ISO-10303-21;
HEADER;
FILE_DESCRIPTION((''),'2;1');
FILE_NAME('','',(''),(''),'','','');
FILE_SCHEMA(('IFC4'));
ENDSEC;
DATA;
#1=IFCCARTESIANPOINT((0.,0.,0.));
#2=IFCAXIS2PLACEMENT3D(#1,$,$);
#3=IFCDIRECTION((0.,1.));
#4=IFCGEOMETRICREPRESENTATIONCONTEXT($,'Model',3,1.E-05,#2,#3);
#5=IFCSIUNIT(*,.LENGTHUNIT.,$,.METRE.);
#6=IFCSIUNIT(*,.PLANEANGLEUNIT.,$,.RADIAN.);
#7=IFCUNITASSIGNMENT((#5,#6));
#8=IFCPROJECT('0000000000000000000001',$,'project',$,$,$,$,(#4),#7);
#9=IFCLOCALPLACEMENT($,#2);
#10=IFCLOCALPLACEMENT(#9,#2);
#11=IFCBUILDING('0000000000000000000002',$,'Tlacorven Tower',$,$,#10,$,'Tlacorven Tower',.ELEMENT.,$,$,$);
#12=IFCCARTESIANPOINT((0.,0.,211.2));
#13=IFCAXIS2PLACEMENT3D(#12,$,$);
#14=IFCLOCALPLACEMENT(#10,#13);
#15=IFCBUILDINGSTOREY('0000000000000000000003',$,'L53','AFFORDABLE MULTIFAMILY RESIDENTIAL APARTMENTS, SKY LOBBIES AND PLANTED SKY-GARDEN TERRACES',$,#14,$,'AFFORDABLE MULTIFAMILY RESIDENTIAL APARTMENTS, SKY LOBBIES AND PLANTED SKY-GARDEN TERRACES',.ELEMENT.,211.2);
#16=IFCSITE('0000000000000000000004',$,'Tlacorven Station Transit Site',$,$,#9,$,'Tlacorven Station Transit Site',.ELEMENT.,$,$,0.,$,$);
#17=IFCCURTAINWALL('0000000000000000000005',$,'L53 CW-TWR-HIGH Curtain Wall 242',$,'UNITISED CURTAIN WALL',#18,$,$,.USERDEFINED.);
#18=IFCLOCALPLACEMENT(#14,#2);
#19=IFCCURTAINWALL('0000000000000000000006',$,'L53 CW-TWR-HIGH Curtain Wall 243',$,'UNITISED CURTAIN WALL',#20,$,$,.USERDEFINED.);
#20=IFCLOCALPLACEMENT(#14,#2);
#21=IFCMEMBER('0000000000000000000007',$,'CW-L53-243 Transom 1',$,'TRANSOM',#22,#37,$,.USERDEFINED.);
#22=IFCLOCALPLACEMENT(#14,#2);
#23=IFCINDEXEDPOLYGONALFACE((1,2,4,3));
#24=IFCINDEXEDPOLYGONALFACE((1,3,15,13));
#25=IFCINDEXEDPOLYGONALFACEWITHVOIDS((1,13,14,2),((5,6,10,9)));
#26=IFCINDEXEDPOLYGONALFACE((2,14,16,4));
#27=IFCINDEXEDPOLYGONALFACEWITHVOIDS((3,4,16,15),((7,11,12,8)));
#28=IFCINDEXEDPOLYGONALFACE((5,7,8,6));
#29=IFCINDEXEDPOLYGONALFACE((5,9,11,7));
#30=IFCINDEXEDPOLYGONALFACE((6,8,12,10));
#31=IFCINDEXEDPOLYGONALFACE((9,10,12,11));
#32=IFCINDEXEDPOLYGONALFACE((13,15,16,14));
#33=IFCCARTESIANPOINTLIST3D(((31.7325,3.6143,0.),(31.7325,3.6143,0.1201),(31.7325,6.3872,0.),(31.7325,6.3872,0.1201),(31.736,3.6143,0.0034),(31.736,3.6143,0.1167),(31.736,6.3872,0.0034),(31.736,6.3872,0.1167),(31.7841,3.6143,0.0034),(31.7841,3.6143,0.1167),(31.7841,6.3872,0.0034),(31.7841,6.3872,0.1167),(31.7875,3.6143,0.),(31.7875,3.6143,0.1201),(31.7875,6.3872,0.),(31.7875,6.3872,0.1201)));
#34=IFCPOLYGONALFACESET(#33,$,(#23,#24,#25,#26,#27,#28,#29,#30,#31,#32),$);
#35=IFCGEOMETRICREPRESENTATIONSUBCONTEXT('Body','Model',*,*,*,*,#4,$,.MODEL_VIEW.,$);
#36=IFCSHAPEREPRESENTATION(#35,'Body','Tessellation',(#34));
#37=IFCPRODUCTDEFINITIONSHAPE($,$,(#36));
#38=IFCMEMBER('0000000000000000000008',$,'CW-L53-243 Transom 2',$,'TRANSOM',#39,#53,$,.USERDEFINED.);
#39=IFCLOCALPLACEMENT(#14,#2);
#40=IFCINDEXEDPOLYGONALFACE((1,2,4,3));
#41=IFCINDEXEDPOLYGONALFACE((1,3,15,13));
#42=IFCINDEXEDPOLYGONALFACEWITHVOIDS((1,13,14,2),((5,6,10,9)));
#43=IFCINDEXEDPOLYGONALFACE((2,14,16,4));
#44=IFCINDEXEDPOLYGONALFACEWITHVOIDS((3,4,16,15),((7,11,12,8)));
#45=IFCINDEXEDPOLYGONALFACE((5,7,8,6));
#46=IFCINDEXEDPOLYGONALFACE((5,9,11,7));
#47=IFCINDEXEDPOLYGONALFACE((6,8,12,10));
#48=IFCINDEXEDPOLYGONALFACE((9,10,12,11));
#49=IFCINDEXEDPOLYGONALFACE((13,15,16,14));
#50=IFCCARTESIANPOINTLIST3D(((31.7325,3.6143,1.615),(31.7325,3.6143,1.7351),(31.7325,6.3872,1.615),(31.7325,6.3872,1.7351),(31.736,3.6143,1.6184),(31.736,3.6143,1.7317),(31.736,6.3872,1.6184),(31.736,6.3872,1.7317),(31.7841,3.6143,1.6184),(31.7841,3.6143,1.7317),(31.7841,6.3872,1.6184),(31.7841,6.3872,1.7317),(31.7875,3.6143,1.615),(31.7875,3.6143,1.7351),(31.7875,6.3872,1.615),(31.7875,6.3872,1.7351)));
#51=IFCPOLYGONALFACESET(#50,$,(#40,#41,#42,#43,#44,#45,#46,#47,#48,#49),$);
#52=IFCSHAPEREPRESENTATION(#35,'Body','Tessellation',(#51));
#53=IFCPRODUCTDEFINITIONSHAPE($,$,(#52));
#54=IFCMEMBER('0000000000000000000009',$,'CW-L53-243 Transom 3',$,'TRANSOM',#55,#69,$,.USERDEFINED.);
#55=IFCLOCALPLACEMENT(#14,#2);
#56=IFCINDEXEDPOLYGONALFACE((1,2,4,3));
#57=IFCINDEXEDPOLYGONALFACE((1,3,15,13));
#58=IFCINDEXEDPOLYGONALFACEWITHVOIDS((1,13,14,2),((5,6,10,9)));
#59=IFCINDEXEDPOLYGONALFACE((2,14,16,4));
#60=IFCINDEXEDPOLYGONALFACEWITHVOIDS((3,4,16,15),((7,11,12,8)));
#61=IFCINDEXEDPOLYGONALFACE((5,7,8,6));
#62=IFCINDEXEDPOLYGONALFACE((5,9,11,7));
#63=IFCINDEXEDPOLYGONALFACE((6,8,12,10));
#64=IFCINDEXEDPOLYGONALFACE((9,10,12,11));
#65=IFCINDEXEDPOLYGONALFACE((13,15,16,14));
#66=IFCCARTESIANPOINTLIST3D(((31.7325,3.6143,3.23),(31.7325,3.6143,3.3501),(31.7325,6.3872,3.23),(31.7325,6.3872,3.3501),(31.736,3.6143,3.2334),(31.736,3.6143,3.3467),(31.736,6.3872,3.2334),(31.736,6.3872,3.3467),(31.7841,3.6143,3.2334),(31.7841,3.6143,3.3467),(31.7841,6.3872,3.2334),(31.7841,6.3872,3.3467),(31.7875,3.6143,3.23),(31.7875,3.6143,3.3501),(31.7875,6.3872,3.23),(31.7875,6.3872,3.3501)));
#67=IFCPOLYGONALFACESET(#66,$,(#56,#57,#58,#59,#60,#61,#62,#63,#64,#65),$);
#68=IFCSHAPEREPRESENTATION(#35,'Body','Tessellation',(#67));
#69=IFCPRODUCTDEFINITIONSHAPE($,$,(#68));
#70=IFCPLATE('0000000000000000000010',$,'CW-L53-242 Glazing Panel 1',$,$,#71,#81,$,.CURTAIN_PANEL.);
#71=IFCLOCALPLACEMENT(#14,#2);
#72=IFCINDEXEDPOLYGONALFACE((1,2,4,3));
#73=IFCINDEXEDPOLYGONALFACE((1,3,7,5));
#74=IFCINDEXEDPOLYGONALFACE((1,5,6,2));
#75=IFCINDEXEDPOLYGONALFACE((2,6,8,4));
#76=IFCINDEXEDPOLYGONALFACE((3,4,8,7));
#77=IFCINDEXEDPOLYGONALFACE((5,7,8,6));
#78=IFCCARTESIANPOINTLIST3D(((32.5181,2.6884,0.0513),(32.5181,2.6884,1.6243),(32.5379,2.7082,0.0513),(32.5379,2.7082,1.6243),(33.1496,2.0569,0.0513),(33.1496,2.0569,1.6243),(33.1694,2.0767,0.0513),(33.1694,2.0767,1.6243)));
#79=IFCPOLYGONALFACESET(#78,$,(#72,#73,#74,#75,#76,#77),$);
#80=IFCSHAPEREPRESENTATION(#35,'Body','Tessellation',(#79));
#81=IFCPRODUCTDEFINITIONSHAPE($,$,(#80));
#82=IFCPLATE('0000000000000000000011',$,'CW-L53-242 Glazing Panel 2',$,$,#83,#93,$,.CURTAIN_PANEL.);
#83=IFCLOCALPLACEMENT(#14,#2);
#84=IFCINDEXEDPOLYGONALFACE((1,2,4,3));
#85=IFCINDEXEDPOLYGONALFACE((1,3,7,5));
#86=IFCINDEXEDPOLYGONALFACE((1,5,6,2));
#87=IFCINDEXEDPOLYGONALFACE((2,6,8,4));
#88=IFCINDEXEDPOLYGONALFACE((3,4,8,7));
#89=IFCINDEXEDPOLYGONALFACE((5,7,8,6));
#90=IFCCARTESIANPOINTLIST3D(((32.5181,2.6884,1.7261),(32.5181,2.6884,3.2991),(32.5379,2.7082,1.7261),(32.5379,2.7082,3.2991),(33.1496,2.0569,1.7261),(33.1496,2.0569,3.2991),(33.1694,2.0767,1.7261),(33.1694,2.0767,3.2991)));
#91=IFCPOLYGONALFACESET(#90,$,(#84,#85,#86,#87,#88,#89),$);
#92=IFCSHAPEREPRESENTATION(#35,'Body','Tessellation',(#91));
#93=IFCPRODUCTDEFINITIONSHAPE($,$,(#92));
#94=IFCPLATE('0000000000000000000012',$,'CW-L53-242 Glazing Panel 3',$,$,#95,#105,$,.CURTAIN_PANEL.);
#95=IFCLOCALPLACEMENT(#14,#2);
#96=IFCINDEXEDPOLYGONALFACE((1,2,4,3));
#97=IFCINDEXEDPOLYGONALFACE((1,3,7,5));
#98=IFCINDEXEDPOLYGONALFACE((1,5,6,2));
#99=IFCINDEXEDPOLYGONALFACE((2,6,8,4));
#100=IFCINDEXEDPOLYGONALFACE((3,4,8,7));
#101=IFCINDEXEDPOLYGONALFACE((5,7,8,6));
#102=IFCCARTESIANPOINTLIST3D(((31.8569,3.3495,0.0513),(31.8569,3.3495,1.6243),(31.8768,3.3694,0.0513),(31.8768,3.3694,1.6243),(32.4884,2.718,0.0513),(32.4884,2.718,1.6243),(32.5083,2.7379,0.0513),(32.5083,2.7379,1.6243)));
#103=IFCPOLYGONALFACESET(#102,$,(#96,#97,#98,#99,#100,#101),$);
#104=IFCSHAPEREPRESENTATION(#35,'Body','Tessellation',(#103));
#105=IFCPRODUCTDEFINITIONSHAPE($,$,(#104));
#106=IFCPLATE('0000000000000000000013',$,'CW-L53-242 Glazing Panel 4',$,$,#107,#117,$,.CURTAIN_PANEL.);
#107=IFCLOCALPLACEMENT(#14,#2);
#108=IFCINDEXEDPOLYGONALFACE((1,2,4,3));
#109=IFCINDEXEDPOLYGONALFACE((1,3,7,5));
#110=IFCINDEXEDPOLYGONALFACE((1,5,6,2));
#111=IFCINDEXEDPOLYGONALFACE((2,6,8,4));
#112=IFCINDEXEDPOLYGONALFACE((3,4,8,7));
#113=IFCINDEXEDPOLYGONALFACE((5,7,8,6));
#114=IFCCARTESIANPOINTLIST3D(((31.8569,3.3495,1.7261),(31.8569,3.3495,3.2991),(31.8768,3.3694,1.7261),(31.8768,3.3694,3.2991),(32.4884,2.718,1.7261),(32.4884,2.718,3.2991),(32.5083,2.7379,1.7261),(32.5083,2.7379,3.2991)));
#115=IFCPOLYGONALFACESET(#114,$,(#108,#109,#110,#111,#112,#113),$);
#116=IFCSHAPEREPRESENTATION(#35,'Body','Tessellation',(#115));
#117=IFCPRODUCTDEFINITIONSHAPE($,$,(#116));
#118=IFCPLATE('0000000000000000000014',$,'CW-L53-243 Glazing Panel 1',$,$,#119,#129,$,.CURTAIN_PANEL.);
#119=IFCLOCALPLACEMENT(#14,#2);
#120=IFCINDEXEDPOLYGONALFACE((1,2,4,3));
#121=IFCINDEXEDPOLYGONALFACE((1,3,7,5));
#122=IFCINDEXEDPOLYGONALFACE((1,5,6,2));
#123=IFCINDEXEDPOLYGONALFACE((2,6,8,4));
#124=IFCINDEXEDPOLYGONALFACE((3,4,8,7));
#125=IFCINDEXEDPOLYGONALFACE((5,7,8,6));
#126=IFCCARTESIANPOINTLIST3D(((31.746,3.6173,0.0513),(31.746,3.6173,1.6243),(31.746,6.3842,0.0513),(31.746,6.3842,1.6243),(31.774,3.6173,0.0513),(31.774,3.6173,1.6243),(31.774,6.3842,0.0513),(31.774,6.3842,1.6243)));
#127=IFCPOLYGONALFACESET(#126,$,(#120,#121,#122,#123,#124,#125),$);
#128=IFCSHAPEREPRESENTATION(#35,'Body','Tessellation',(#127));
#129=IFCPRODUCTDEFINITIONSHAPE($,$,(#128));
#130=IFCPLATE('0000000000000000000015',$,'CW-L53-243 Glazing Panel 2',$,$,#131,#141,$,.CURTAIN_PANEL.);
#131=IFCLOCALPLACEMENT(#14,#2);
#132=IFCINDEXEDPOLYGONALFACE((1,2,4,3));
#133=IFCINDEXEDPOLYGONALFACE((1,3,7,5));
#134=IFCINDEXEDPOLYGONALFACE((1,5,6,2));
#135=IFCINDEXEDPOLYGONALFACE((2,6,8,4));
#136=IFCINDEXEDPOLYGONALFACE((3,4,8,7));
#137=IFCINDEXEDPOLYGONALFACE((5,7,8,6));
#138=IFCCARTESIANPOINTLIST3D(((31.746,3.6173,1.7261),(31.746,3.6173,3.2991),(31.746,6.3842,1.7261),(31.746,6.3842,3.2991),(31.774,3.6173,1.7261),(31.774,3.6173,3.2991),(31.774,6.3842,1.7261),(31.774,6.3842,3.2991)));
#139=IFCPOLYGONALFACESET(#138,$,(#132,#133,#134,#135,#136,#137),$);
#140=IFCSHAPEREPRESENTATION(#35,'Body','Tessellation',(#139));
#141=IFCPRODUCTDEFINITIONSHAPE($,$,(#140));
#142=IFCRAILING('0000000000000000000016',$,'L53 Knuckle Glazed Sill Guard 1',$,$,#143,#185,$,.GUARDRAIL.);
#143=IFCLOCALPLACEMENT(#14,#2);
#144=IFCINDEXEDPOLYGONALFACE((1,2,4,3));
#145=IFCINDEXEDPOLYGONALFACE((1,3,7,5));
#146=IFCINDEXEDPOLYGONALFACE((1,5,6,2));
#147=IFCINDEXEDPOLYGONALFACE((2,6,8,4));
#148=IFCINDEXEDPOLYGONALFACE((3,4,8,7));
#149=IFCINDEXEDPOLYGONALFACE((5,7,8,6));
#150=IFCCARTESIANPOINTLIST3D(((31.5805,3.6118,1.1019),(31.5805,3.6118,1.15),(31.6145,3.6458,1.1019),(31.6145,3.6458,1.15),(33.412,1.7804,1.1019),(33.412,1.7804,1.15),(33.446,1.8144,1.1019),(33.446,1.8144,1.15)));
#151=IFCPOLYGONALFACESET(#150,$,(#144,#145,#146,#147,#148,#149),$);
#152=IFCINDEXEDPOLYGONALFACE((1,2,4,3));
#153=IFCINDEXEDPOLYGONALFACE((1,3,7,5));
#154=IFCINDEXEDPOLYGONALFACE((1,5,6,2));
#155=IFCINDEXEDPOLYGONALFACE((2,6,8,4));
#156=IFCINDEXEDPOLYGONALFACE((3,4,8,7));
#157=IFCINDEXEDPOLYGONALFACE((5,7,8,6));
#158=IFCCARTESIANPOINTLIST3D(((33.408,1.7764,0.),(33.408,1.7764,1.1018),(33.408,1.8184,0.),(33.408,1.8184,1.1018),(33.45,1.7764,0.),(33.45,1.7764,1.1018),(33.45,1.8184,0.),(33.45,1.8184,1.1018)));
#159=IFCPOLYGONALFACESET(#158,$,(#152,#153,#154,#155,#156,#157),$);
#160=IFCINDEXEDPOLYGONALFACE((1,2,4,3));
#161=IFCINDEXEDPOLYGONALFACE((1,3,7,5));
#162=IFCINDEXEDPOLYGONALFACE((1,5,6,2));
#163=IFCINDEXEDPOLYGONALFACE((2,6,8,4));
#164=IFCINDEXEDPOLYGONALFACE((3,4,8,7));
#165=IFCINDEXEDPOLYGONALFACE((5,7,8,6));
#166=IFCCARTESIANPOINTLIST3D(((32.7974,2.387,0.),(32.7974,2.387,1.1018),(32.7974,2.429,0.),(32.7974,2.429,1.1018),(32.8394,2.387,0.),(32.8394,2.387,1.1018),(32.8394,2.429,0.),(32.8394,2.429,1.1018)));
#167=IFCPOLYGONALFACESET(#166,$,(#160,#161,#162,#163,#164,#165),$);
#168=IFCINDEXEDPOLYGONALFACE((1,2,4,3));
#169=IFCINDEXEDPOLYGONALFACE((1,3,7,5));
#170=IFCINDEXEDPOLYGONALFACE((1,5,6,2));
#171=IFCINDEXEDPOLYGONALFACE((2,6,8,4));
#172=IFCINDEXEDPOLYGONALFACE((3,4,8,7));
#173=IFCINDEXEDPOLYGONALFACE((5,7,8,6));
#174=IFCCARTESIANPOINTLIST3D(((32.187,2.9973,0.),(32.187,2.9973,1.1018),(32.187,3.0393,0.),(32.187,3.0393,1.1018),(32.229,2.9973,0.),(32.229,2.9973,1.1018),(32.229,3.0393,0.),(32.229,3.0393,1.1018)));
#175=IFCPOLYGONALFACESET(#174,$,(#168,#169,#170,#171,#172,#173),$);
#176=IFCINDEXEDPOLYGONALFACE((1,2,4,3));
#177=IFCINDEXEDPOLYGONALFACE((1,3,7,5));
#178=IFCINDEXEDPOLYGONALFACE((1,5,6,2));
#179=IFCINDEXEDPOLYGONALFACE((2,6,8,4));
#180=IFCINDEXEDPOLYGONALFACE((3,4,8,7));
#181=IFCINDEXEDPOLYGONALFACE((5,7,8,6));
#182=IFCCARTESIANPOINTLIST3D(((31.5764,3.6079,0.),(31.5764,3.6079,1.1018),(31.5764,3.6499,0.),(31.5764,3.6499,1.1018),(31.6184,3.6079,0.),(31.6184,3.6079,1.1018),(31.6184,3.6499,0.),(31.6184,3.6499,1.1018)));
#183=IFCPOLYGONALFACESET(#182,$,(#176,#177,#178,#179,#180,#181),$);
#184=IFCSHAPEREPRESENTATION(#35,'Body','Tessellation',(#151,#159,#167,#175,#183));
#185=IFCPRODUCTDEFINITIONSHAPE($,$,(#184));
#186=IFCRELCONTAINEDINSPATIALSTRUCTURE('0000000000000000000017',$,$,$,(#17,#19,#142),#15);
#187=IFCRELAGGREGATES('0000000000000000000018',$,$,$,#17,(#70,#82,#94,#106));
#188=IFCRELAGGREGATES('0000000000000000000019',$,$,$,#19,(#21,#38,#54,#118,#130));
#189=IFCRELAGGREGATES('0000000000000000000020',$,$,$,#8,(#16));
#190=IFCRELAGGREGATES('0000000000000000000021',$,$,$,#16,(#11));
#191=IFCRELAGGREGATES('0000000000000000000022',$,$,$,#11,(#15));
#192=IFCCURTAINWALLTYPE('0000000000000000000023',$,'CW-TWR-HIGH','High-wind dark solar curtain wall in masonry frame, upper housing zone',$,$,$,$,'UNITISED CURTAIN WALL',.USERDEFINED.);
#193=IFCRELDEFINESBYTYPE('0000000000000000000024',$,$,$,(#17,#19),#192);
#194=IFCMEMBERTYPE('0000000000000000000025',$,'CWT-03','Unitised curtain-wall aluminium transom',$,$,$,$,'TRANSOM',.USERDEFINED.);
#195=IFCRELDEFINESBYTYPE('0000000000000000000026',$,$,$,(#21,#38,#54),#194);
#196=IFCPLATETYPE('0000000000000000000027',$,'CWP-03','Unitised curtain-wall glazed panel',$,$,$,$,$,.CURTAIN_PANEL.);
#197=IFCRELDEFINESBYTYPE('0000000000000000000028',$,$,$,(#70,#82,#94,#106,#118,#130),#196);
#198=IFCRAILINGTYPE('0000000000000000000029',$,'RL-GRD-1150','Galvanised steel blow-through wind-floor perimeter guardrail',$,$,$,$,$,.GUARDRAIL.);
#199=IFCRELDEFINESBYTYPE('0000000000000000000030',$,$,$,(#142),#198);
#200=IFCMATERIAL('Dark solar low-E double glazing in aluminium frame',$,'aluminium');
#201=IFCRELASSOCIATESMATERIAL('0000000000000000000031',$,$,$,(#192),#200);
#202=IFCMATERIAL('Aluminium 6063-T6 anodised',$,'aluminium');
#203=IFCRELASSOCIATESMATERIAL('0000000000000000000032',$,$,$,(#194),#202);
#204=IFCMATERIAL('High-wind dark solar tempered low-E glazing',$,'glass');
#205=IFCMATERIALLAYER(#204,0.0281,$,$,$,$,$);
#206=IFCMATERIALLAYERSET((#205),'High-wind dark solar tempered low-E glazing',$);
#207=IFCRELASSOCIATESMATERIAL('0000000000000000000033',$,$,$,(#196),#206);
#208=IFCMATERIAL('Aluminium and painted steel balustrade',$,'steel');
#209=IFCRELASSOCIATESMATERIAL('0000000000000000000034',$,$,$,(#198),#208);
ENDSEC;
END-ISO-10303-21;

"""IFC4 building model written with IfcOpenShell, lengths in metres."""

from ifc_helpers import new_model, si_unit, direction, frame, origin, origin_2d, place, context, subcontext, project, spatial, rectangle, hollow_rectangle, extrude, source, transform, mapped, material, layer, layer_set, material_profile, profile_set, type_object, element, aggregate, save


model = new_model("IFC4")

# Units and contexts
model_context = context("Model", 3, precision=1e-05, world=origin(), true_north=direction((0.0, 1.0)))
body_context = subcontext(model_context, "Body", "Model", "MODEL_VIEW")
ifc_project = project(units=[si_unit("LENGTHUNIT", "METRE"), si_unit("PLANEANGLEUNIT", "RADIAN")], contexts=[model_context])

# Site, building, storey
site_placement = place(None, origin())
site = spatial("IfcSite", under=ifc_project, at=site_placement, Name="Tlacorven Station Transit Site", LongName="Tlacorven Station Transit Site", CompositionType="ELEMENT", RefElevation=0.0)
building_placement = place(site_placement, origin())
building = spatial("IfcBuilding", under=site, at=building_placement, Name="Tlacorven Tower", LongName="Tlacorven Tower", CompositionType="ELEMENT")
storey_placement = place(building_placement, frame((0.0, 0.0, 211.2)))
storey = spatial("IfcBuildingStorey", under=building, at=storey_placement, Name="L53", Description="AFFORDABLE MULTIFAMILY RESIDENTIAL APARTMENTS, SKY LOBBIES AND PLANTED SKY-GARDEN TERRACES", LongName="AFFORDABLE MULTIFAMILY RESIDENTIAL APARTMENTS, SKY LOBBIES AND PLANTED SKY-GARDEN TERRACES", CompositionType="ELEMENT", Elevation=211.2)

# Shared definitions
ifc_material_1 = material(Name="Dark solar low-E double glazing in aluminium frame", Category="aluminium")
curtain_wall_type = type_object("IfcCurtainWallType", Name="CW-TWR-HIGH", Description="High-wind dark solar curtain wall in masonry frame, upper housing zone", ElementType="UNITISED CURTAIN WALL", PredefinedType="USERDEFINED", material=ifc_material_1)
ifc_material_2 = material(Name="Aluminium 6063-T6 anodised", Category="aluminium")

# Curtain wall
curtain_wall_1_placement = place(storey_placement, origin())
curtain_wall_1 = element("IfcCurtainWall", 1, at=curtain_wall_1_placement, inside=storey, type_object=curtain_wall_type, Name="L53 CW-TWR-HIGH Curtain Wall 242", ObjectType="UNITISED CURTAIN WALL", PredefinedType="USERDEFINED")

# Curtain wall
curtain_wall_2_placement = place(storey_placement, origin())
curtain_wall_2 = element("IfcCurtainWall", 2, at=curtain_wall_2_placement, inside=storey, type_object=curtain_wall_type, Name="L53 CW-TWR-HIGH Curtain Wall 243", ObjectType="UNITISED CURTAIN WALL", PredefinedType="USERDEFINED")

# Members
ifc_material_profile_1 = material_profile(ifc_material_2, hollow_rectangle(XDim=0.0549, YDim=0.1201, WallThickness=0.0034, at=origin_2d()), Name="ALU TRANSOM 55X120")
ifc_profile_set_1 = profile_set([ifc_material_profile_1], Name="Aluminium 6063-T6 anodised")
member_type_1 = type_object("IfcMemberType", Name="CWT-03", Description="Unitised curtain-wall aluminium transom", ElementType="TRANSOM", PredefinedType="USERDEFINED", material=ifc_profile_set_1)
shared_shape_1 = source(origin(), body_context, "Body", "SweptSolid", [
    extrude(hollow_rectangle(XDim=0.0549, YDim=0.1201, WallThickness=0.0034, at=origin_2d()), origin(), (0.0, 0.0, 1.0), 2.7729),
])
member_1_placement = place(storey_placement, frame((31.76, 3.6143, 0.0601), z_axis=(0.0, 1.0, 0.0), x_axis=(-1.0, 0.0, 0.0)))
member_1 = element("IfcMember", 3, at=member_1_placement, type_object=member_type_1, Name="CW-L53-243 Transom 1", ObjectType="TRANSOM", PredefinedType="USERDEFINED", context=body_context, shape_type="MappedRepresentation", body=[
    mapped(shared_shape_1, transform((0.0, 0.0, 0.0), scale=1.0)),
])
member_2_placement = place(storey_placement, frame((31.76, 3.6143, 1.675), z_axis=(0.0, 1.0, 0.0), x_axis=(-1.0, 0.0, 0.0)))
member_2 = element("IfcMember", 4, at=member_2_placement, type_object=member_type_1, Name="CW-L53-243 Transom 2", ObjectType="TRANSOM", PredefinedType="USERDEFINED", context=body_context, shape_type="MappedRepresentation", body=[
    mapped(shared_shape_1, transform((0.0, 0.0, 0.0), scale=1.0)),
])
member_3_placement = place(storey_placement, frame((31.76, 3.6143, 3.29), z_axis=(0.0, 1.0, 0.0), x_axis=(-1.0, 0.0, 0.0)))
member_3 = element("IfcMember", 5, at=member_3_placement, type_object=member_type_1, Name="CW-L53-243 Transom 3", ObjectType="TRANSOM", PredefinedType="USERDEFINED", context=body_context, shape_type="MappedRepresentation", body=[
    mapped(shared_shape_1, transform((0.0, 0.0, 0.0), scale=1.0)),
])

# Plates
ifc_material_3 = material(Name="High-wind dark solar tempered low-E glazing", Category="glass")
ifc_layer = layer(ifc_material_3, 0.0281)
ifc_layer_set = layer_set([ifc_layer], Name="High-wind dark solar tempered low-E glazing")
plate_type = type_object("IfcPlateType", Name="CWP-03", Description="Unitised curtain-wall glazed panel", PredefinedType="CURTAIN_PANEL", material=ifc_layer_set)
shared_shape_2 = source(origin(), body_context, "Body", "SweptSolid", [
    extrude(rectangle(XDim=0.8931, YDim=0.0281, at=origin_2d()), origin(), (0.0, 0.0, 1.0), 1.573),
])
plate_1_placement = place(storey_placement, frame((32.8438, 2.3826, 0.0513), z_axis=(0.0, 0.0, 1.0), x_axis=(-0.707107, 0.707107, 0.0)))
plate_1 = element("IfcPlate", 6, at=plate_1_placement, type_object=plate_type, Name="CW-L53-242 Glazing Panel 1", PredefinedType="CURTAIN_PANEL", context=body_context, shape_type="MappedRepresentation", body=[
    mapped(shared_shape_2, transform((0.0, 0.0, 0.0), scale=1.0)),
])
plate_2_placement = place(storey_placement, frame((32.8438, 2.3826, 1.7261), z_axis=(0.0, 0.0, 1.0), x_axis=(-0.707107, 0.707107, 0.0)))
plate_2 = element("IfcPlate", 7, at=plate_2_placement, type_object=plate_type, Name="CW-L53-242 Glazing Panel 2", PredefinedType="CURTAIN_PANEL", context=body_context, shape_type="MappedRepresentation", body=[
    mapped(shared_shape_2, transform((0.0, 0.0, 0.0), scale=1.0)),
])
plate_3_placement = place(storey_placement, frame((32.1826, 3.0437, 0.0513), z_axis=(0.0, 0.0, 1.0), x_axis=(-0.707107, 0.707107, 0.0)))
plate_3 = element("IfcPlate", 8, at=plate_3_placement, type_object=plate_type, Name="CW-L53-242 Glazing Panel 3", PredefinedType="CURTAIN_PANEL", context=body_context, shape_type="MappedRepresentation", body=[
    mapped(shared_shape_2, transform((0.0, 0.0, 0.0), scale=1.0)),
])
plate_4_placement = place(storey_placement, frame((32.1826, 3.0437, 1.7261), z_axis=(0.0, 0.0, 1.0), x_axis=(-0.707107, 0.707107, 0.0)))
plate_4 = element("IfcPlate", 9, at=plate_4_placement, type_object=plate_type, Name="CW-L53-242 Glazing Panel 4", PredefinedType="CURTAIN_PANEL", context=body_context, shape_type="MappedRepresentation", body=[
    mapped(shared_shape_2, transform((0.0, 0.0, 0.0), scale=1.0)),
])
aggregate(curtain_wall_1, [plate_1, plate_2, plate_3, plate_4])
shared_shape_3 = source(origin(), body_context, "Body", "SweptSolid", [
    extrude(rectangle(XDim=2.7668, YDim=0.0281, at=origin_2d()), origin(), (0.0, 0.0, 1.0), 1.573),
])
plate_5_placement = place(storey_placement, frame((31.76, 5.0007, 0.0513), z_axis=(0.0, 0.0, 1.0), x_axis=(0.0, 1.0, 0.0)))
plate_5 = element("IfcPlate", 10, at=plate_5_placement, type_object=plate_type, Name="CW-L53-243 Glazing Panel 1", PredefinedType="CURTAIN_PANEL", context=body_context, shape_type="MappedRepresentation", body=[
    mapped(shared_shape_3, transform((0.0, 0.0, 0.0), scale=1.0)),
])
plate_6_placement = place(storey_placement, frame((31.76, 5.0007, 1.7261), z_axis=(0.0, 0.0, 1.0), x_axis=(0.0, 1.0, 0.0)))
plate_6 = element("IfcPlate", 11, at=plate_6_placement, type_object=plate_type, Name="CW-L53-243 Glazing Panel 2", PredefinedType="CURTAIN_PANEL", context=body_context, shape_type="MappedRepresentation", body=[
    mapped(shared_shape_3, transform((0.0, 0.0, 0.0), scale=1.0)),
])
aggregate(curtain_wall_2, [member_1, member_2, member_3, plate_5, plate_6])

# Railing
ifc_material_4 = material(Name="Aluminium and painted steel balustrade", Category="steel")
railing_type = type_object("IfcRailingType", Name="RL-GRD-1150", Description="Galvanised steel blow-through wind-floor perimeter guardrail", PredefinedType="GUARDRAIL", material=ifc_material_4)
shared_shape_4 = source(origin(), body_context, "Body", "SweptSolid", [
    extrude(rectangle(XDim=0.0481, YDim=0.0481, at=origin_2d()), frame((0.0, 0.0, 1.126), z_axis=(-0.707107, 0.707107, 0.0), x_axis=(-0.707107, -0.707107, 0.0)), (0.0, 0.0, 1.0), 2.5901),
    extrude(rectangle(XDim=0.042, YDim=0.042, at=origin_2d()), origin(), (0.0, 0.0, 1.0), 1.1018),
    extrude(rectangle(XDim=0.042, YDim=0.042, at=origin_2d()), frame((-0.6106, 0.6106, 0.0)), (0.0, 0.0, 1.0), 1.1018),
    extrude(rectangle(XDim=0.042, YDim=0.042, at=origin_2d()), frame((-1.2209, 1.2209, 0.0)), (0.0, 0.0, 1.0), 1.1018),
    extrude(rectangle(XDim=0.042, YDim=0.042, at=origin_2d()), frame((-1.8315, 1.8315, 0.0)), (0.0, 0.0, 1.0), 1.1018),
])
railing_placement = place(storey_placement, frame((33.429, 1.7974, 0.0)))
element("IfcRailing", 12, at=railing_placement, inside=storey, type_object=railing_type, Name="L53 Knuckle Glazed Sill Guard 1", PredefinedType="GUARDRAIL", context=body_context, shape_type="MappedRepresentation", body=[
    mapped(shared_shape_4, transform((0.0, 0.0, 0.0), scale=1.0)),
])

save(model, "model.ifc")
